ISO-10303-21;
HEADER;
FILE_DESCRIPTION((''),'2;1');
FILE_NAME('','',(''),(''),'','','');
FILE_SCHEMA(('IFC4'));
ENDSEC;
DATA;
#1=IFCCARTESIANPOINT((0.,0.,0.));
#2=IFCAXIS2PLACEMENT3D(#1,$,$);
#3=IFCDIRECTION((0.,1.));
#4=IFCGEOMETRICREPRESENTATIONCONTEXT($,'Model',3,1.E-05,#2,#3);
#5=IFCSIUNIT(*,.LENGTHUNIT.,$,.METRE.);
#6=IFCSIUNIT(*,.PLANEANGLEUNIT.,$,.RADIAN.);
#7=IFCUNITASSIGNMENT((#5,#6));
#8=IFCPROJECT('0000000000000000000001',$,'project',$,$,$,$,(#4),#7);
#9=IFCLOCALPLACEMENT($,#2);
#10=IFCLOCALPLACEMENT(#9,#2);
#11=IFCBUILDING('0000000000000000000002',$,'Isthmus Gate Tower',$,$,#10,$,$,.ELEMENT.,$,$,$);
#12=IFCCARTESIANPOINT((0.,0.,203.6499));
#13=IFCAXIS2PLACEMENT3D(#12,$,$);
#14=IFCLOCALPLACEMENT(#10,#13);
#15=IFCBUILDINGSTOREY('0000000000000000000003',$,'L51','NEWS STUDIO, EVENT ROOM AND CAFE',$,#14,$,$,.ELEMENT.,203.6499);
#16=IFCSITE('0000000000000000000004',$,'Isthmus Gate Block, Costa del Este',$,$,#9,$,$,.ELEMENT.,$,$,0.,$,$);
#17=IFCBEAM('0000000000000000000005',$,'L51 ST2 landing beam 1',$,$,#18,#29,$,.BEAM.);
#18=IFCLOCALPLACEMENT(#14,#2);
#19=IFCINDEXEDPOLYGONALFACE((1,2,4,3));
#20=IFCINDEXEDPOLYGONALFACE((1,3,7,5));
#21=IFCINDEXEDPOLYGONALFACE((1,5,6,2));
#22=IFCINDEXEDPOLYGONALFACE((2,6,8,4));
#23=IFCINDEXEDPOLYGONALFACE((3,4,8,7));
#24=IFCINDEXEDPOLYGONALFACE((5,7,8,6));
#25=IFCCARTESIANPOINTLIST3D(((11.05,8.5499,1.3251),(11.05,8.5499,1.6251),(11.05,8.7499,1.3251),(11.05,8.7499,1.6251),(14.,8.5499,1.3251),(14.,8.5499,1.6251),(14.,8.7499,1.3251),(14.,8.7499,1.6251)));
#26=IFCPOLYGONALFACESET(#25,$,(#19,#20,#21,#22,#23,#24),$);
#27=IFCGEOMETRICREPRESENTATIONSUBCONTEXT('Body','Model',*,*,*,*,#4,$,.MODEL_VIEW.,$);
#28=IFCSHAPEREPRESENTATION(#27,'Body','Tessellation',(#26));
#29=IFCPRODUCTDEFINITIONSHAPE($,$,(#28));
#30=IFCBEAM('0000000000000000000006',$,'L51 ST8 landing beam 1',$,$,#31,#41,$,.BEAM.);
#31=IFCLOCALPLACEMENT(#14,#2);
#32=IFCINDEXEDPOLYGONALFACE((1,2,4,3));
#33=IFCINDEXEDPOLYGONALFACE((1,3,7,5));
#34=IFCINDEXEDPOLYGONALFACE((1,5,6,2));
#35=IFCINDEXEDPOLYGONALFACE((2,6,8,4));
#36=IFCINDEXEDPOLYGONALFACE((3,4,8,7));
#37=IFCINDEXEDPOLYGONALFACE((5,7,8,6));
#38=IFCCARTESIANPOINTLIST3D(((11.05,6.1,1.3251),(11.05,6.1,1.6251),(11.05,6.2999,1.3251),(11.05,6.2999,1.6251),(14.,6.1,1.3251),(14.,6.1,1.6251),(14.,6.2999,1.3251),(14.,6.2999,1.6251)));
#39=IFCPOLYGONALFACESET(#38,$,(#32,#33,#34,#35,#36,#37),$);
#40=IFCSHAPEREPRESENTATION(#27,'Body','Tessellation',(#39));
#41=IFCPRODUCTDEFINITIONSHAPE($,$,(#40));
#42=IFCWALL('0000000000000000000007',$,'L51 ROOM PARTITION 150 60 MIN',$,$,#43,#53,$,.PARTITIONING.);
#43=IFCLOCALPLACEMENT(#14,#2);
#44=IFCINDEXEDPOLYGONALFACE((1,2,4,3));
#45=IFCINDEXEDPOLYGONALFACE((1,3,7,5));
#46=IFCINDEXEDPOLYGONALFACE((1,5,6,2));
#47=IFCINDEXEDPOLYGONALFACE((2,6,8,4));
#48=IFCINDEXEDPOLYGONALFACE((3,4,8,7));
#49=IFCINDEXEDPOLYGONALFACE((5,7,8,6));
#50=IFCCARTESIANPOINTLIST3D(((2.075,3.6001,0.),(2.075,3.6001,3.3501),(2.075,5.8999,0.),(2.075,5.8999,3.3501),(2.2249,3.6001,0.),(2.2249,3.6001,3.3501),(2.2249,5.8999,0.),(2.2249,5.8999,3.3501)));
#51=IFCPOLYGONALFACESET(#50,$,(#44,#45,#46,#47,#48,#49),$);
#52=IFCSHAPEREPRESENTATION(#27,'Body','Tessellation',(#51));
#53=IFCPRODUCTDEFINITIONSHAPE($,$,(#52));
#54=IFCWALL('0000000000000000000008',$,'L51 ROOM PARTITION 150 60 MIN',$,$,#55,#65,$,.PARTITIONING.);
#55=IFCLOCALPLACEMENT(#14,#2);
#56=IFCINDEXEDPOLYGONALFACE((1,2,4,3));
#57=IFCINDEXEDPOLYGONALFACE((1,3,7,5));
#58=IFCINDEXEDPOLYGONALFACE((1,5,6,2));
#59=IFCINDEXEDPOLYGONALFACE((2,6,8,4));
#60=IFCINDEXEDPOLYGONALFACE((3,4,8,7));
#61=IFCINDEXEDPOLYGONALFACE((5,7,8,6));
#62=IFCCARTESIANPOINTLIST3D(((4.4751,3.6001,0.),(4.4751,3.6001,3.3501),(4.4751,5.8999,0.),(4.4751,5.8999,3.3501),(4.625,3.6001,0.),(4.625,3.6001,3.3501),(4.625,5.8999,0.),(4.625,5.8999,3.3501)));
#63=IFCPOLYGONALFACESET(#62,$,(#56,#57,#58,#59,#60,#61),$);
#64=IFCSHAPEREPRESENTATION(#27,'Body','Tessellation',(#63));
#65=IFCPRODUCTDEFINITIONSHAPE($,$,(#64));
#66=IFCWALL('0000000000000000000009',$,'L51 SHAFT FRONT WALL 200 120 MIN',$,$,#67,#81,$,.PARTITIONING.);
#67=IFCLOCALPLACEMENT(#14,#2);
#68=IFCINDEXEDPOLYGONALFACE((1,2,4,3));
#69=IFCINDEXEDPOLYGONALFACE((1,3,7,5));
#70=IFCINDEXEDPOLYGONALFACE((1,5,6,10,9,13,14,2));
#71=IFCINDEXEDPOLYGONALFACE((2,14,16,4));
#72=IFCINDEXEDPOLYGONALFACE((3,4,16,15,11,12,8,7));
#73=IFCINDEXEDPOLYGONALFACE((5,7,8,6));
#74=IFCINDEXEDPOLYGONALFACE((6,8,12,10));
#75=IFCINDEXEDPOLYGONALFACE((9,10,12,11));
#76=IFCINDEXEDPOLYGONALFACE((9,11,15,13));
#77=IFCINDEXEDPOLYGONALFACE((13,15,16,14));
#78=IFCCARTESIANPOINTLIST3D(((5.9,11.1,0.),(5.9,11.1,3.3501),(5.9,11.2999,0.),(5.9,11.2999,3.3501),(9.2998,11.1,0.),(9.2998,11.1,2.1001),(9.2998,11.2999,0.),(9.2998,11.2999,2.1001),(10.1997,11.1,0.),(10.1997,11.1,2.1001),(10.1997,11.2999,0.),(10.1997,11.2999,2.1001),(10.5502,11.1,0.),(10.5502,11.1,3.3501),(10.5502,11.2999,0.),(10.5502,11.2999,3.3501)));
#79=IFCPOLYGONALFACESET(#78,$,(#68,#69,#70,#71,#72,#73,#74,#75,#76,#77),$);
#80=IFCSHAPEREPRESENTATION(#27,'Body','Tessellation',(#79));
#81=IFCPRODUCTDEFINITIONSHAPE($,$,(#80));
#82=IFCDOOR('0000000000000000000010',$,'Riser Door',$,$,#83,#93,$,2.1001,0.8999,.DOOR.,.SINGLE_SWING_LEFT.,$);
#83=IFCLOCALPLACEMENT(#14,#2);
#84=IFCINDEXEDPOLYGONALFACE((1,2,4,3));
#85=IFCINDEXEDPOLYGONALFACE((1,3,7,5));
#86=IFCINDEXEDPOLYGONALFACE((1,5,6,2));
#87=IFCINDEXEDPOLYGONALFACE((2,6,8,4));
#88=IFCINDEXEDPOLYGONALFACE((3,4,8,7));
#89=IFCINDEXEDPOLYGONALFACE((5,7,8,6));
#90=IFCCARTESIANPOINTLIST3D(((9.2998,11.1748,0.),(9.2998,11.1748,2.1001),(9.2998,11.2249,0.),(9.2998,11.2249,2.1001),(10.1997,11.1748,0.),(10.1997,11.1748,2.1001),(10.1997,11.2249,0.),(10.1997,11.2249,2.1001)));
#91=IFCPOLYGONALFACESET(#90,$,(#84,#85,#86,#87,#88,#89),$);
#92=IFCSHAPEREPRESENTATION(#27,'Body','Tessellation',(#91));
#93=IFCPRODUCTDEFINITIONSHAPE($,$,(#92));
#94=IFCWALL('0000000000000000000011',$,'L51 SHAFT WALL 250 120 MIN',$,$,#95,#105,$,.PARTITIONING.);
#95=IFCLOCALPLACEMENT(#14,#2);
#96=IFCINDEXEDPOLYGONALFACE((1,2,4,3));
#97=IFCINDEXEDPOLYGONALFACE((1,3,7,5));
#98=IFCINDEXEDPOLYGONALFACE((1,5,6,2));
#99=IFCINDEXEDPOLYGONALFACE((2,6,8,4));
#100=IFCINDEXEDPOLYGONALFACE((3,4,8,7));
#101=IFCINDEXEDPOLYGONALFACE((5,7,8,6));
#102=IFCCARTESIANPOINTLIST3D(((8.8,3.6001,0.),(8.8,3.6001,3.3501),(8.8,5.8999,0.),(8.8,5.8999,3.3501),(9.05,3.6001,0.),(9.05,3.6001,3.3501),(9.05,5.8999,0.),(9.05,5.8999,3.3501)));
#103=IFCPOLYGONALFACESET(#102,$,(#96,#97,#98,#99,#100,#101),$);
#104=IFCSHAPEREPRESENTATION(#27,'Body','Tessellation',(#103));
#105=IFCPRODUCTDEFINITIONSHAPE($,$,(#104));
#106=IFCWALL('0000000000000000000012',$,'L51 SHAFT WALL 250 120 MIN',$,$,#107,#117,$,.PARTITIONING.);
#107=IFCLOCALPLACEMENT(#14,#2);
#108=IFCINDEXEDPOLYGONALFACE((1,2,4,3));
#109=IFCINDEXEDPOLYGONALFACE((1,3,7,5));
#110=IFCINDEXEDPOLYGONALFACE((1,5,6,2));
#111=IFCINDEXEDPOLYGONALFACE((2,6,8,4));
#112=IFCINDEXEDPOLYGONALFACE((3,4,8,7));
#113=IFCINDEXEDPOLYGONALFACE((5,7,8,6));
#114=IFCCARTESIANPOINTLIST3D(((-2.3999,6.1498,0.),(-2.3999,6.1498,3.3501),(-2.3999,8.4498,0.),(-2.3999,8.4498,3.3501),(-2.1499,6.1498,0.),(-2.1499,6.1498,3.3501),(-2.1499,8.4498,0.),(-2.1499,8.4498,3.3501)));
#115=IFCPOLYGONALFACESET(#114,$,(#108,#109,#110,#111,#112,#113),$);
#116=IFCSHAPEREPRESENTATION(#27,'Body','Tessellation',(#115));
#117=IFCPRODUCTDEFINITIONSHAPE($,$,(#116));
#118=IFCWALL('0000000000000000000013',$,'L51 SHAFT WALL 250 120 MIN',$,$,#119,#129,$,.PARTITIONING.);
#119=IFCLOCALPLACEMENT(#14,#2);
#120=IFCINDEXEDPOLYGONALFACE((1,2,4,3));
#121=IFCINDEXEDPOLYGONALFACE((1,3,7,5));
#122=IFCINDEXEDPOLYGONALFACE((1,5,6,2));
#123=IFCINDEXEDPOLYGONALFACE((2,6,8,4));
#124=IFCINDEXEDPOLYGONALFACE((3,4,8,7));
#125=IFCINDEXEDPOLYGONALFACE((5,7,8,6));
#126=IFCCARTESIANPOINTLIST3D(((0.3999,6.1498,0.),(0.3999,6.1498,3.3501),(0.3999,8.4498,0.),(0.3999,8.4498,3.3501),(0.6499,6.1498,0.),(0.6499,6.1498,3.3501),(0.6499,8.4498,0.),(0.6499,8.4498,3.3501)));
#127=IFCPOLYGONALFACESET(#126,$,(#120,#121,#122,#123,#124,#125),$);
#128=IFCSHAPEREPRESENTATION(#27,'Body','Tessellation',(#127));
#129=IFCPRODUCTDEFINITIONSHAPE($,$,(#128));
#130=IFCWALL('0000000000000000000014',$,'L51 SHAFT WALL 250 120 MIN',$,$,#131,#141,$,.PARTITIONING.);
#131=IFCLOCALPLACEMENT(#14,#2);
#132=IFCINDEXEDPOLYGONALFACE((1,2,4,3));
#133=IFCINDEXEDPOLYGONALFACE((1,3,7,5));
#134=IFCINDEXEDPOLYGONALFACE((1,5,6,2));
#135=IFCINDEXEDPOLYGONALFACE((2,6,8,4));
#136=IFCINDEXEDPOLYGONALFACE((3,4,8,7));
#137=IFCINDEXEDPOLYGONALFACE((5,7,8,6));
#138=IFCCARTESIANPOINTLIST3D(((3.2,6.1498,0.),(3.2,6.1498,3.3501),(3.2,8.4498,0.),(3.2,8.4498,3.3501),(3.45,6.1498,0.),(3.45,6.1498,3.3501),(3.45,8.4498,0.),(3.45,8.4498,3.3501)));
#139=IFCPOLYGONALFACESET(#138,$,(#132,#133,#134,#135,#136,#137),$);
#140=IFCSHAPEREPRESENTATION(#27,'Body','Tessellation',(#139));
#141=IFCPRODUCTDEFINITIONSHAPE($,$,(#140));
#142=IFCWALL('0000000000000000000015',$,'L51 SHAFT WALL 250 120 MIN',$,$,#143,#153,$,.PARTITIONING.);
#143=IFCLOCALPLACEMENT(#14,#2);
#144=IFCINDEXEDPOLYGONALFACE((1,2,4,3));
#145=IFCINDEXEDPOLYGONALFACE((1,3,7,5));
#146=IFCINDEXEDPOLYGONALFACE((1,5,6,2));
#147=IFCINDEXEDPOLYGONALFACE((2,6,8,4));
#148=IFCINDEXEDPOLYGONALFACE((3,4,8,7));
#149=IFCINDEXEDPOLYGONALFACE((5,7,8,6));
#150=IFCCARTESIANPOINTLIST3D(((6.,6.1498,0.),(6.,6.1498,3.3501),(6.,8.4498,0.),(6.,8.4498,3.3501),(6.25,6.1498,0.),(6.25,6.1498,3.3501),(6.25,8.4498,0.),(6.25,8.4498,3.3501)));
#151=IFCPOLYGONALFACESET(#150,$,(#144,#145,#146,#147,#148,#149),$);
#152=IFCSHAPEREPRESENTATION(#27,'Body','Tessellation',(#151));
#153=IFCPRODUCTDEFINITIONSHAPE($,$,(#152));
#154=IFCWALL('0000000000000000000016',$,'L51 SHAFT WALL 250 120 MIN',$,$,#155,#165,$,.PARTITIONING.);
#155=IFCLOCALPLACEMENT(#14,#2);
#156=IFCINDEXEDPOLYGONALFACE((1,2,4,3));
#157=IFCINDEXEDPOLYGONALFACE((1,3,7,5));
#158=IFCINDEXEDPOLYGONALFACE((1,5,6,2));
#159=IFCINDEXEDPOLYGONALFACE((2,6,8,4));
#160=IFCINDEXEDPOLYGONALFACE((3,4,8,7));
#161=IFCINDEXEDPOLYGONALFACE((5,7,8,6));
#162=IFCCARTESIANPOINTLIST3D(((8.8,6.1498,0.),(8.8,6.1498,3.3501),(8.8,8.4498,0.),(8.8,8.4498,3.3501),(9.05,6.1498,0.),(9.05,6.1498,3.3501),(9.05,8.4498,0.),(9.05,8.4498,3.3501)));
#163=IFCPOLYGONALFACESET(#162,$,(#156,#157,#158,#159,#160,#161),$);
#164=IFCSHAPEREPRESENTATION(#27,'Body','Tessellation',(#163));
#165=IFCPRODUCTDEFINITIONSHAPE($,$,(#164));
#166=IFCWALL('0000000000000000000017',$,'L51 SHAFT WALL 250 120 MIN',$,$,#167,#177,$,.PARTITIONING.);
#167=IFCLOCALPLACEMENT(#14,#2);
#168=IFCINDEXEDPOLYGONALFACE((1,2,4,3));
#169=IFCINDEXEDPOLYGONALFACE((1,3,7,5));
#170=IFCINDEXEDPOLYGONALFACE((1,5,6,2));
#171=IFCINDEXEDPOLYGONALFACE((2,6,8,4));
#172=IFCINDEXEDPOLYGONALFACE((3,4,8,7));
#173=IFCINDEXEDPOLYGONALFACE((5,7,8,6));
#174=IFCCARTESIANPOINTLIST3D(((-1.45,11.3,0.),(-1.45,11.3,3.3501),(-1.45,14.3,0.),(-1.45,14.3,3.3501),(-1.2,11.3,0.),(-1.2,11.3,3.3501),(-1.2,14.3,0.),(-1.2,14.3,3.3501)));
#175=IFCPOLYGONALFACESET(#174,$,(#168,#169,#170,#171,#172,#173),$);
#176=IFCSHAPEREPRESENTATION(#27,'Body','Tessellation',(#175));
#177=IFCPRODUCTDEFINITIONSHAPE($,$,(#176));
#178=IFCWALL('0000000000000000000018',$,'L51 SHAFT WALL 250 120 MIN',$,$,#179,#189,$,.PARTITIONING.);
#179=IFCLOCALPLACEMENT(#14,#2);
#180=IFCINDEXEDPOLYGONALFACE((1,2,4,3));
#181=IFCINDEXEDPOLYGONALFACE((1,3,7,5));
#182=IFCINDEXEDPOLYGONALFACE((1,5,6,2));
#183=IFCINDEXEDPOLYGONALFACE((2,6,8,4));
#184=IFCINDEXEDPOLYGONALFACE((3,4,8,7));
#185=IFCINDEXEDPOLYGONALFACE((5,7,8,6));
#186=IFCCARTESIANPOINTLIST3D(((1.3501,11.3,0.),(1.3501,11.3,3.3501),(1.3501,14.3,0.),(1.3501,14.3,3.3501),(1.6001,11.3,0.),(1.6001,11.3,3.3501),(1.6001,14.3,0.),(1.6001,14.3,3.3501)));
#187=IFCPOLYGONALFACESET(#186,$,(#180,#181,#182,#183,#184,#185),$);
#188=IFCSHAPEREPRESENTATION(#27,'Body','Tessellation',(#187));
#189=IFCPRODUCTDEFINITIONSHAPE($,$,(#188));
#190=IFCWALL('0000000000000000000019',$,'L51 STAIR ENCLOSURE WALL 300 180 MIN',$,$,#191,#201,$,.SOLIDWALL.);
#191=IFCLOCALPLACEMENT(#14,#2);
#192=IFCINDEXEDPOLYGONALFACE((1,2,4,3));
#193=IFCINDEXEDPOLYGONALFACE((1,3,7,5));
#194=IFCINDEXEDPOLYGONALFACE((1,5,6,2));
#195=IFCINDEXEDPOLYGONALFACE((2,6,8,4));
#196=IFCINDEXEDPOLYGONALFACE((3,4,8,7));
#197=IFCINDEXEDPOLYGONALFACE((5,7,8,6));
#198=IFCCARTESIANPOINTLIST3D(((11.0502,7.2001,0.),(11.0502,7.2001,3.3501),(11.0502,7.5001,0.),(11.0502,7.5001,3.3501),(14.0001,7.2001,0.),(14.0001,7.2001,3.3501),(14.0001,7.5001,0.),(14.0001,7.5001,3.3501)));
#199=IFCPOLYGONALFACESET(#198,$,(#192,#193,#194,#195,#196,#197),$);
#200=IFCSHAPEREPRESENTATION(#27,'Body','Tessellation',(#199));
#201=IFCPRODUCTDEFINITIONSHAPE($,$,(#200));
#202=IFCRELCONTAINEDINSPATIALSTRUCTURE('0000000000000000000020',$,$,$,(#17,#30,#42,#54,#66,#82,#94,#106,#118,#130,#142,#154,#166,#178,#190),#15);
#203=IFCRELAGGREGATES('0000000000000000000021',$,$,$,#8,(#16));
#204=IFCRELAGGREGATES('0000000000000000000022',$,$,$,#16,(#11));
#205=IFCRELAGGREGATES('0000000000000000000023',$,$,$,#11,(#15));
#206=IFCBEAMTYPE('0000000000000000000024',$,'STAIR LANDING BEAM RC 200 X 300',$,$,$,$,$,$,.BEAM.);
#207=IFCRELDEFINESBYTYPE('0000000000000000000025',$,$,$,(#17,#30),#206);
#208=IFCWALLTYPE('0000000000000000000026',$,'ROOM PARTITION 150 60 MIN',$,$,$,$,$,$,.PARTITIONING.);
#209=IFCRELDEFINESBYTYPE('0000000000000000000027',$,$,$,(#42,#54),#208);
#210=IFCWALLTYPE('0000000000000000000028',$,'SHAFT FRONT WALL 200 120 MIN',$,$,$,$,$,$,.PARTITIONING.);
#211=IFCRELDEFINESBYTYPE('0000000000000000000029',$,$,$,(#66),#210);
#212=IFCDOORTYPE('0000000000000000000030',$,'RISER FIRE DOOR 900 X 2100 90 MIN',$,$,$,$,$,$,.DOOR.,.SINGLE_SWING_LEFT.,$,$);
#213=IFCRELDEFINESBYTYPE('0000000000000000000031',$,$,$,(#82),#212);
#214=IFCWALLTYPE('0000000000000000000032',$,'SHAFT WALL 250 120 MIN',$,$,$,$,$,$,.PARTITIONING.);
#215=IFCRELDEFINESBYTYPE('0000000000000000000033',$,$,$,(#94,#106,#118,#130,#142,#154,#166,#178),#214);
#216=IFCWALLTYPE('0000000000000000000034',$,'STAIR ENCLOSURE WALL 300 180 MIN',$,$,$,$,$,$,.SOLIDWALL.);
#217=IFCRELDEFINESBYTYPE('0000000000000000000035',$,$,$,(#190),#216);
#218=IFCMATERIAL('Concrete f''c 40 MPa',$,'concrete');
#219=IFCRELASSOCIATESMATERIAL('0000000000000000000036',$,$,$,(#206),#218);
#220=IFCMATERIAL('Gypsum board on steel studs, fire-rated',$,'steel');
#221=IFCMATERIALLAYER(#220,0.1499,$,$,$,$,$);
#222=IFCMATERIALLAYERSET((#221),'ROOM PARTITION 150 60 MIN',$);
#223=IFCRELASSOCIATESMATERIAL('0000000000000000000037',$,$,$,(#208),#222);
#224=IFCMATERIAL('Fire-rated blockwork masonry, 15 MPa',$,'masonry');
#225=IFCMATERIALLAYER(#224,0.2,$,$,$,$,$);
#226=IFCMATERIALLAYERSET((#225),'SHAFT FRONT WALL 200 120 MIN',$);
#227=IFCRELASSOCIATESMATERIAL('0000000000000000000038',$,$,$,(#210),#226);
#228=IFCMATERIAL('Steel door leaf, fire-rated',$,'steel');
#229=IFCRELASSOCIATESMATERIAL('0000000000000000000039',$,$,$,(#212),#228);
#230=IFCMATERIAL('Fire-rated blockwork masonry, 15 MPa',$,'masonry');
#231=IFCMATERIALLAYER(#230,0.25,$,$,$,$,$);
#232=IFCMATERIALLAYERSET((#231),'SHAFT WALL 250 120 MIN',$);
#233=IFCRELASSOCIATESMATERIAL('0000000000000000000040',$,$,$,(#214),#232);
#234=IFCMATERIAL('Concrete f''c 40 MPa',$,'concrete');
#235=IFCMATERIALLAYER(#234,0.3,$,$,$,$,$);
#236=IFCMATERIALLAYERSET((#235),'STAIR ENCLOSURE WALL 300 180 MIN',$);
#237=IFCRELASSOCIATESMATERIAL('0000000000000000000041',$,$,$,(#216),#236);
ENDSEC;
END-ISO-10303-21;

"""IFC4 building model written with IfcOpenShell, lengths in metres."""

from ifc_helpers import new_model, si_unit, direction, frame, frame_2d, origin, origin_2d, place, context, subcontext, project, spatial, rectangle, extrude, material, layer, layer_set, material_profile, profile_set, type_object, element, fill, save


model = new_model("IFC4")

# Units and contexts
model_context = context("Model", 3, precision=1e-05, world=origin(), true_north=direction((0.0, 1.0)))
body_context = subcontext(model_context, "Body", "Model", "MODEL_VIEW")
ifc_project = project(units=[si_unit("LENGTHUNIT", "METRE"), si_unit("PLANEANGLEUNIT", "RADIAN")], contexts=[model_context])

# Site, building, storey
site_placement = place(None, origin())
site = spatial("IfcSite", under=ifc_project, at=site_placement, Name="Isthmus Gate Block, Costa del Este", CompositionType="ELEMENT", RefElevation=0.0)
building_placement = place(site_placement, origin())
building = spatial("IfcBuilding", under=site, at=building_placement, Name="Isthmus Gate Tower", CompositionType="ELEMENT")
storey_placement = place(building_placement, frame((0.0, 0.0, 203.6499)))
storey = spatial("IfcBuildingStorey", under=building, at=storey_placement, Name="L51", Description="NEWS STUDIO, EVENT ROOM AND CAFE", CompositionType="ELEMENT", Elevation=203.6499)

# Beams
ifc_material_1 = material(Name="Concrete f'c 40 MPa", Category="concrete")
ifc_material_profile = material_profile(ifc_material_1, rectangle(XDim=0.2, YDim=0.3, at=origin_2d()), Name="STAIR LANDING BEAM RC 200 X 300")
ifc_profile_set = profile_set([ifc_material_profile], Name="Concrete f'c 40 MPa")
beam_type = type_object("IfcBeamType", Name="STAIR LANDING BEAM RC 200 X 300", PredefinedType="BEAM", material=ifc_profile_set)
for number, where, z_axis, x_axis, name in (
    (1, (11.05, 8.6499, 1.4751), (1.0, 0.0, 0.0), (0.0, 1.0, 0.0), "L51 ST2 landing beam 1"),
    (2, (11.05, 6.2, 1.4751), (1.0, 0.0, 0.0), (0.0, 1.0, 0.0), "L51 ST8 landing beam 1"),
):
    element("IfcBeam", number, at=place(storey_placement, frame(where, z_axis=z_axis, x_axis=x_axis)), inside=storey, type_object=beam_type, Name=name, PredefinedType="BEAM", context=body_context, shape_type="SweptSolid", body=[
        extrude(rectangle(XDim=0.2, YDim=0.3, at=origin_2d()), origin(), (0.0, 0.0, 1.0), 2.95),
    ])

# Walls
ifc_material_2 = material(Name="Gypsum board on steel studs, fire-rated", Category="steel")
ifc_layer_1 = layer(ifc_material_2, 0.1499)
ifc_layer_set_1 = layer_set([ifc_layer_1], Name="ROOM PARTITION 150 60 MIN")
wall_type_1 = type_object("IfcWallType", Name="ROOM PARTITION 150 60 MIN", PredefinedType="PARTITIONING", material=ifc_layer_set_1)
for number, where, z_axis, x_axis, name in (
    (3, (2.1499, 3.6001, 0.0), (0.0, 0.0, 1.0), (0.0, 1.0, 0.0), "L51 ROOM PARTITION 150 60 MIN"),
    (4, (4.55, 3.6001, 0.0), (0.0, 0.0, 1.0), (0.0, 1.0, 0.0), "L51 ROOM PARTITION 150 60 MIN"),
):
    element("IfcWall", number, at=place(storey_placement, frame(where, z_axis=z_axis, x_axis=x_axis)), inside=storey, type_object=wall_type_1, Name=name, PredefinedType="PARTITIONING", context=body_context, shape_type="SweptSolid", body=[
        extrude(rectangle(XDim=2.2998, YDim=0.1499, at=frame_2d((1.1499, 0.0))), origin(), (0.0, 0.0, 1.0), 3.3501),
    ])

# Wall, opening, door
ifc_material_3 = material(Name="Fire-rated blockwork masonry, 15 MPa", Category="masonry")
ifc_layer_2 = layer(ifc_material_3, 0.2)
ifc_layer_set_2 = layer_set([ifc_layer_2], Name="SHAFT FRONT WALL 200 120 MIN")
wall_type_2 = type_object("IfcWallType", Name="SHAFT FRONT WALL 200 120 MIN", PredefinedType="PARTITIONING", material=ifc_layer_set_2)
wall_1_placement = place(storey_placement, frame((5.8999, 11.2, 0.0), z_axis=(0.0, 0.0, 1.0), x_axis=(1.0, 0.0, 0.0)))
wall_1 = element("IfcWall", 5, at=wall_1_placement, inside=storey, type_object=wall_type_2, Name="L51 SHAFT FRONT WALL 200 120 MIN", PredefinedType="PARTITIONING", context=body_context, shape_type="SweptSolid", body=[
    extrude(rectangle(XDim=4.6501, YDim=0.2, at=frame_2d((2.3252, 0.0))), origin(), (0.0, 0.0, 1.0), 3.3501),
])
opening_placement = place(wall_1_placement, frame((3.3999, 0.0, 0.0)))
opening = element("IfcOpeningElement", 6, at=opening_placement, cuts=wall_1, PredefinedType="OPENING", context=body_context, shape_type="SweptSolid", body=[
    extrude(rectangle(XDim=0.8999, YDim=2.1001, at=frame_2d((0.45, 1.05))), frame((0.0, 0.1099, 0.0), z_axis=(0.0, -1.0, 0.0), x_axis=(1.0, 0.0, 0.0)), (0.0, 0.0, 1.0), 0.22),
])
ifc_material_4 = material(Name="Steel door leaf, fire-rated", Category="steel")
door_type = type_object("IfcDoorType", Name="RISER FIRE DOOR 900 X 2100 90 MIN", OperationType="SINGLE_SWING_LEFT", PredefinedType="DOOR", material=ifc_material_4)
door_placement = place(opening_placement, origin())
door = element("IfcDoor", 7, at=door_placement, inside=storey, type_object=door_type, Name="Riser Door", OperationType="SINGLE_SWING_LEFT", OverallHeight=2.1001, OverallWidth=0.8999, PredefinedType="DOOR", context=body_context, shape_type="SweptSolid", body=[
    extrude(rectangle(XDim=0.8999, YDim=2.1001, at=frame_2d((0.45, 1.05))), frame((0.0, 0.0249, 0.0), z_axis=(0.0, -1.0, 0.0), x_axis=(1.0, 0.0, 0.0)), (0.0, 0.0, 1.0), 0.05),
])
fill(opening, door)

# Walls
ifc_material_5 = material(Name="Fire-rated blockwork masonry, 15 MPa", Category="masonry")
ifc_layer_3 = layer(ifc_material_5, 0.25)
ifc_layer_set_3 = layer_set([ifc_layer_3], Name="SHAFT WALL 250 120 MIN")
wall_type_3 = type_object("IfcWallType", Name="SHAFT WALL 250 120 MIN", PredefinedType="PARTITIONING", material=ifc_layer_set_3)
wall_2_placement = place(storey_placement, frame((8.925, 3.6001, 0.0), z_axis=(0.0, 0.0, 1.0), x_axis=(0.0, 1.0, 0.0)))
element("IfcWall", 8, at=wall_2_placement, inside=storey, type_object=wall_type_3, Name="L51 SHAFT WALL 250 120 MIN", PredefinedType="PARTITIONING", context=body_context, shape_type="SweptSolid", body=[
    extrude(rectangle(XDim=2.2998, YDim=0.25, at=frame_2d((1.1499, 0.0))), origin(), (0.0, 0.0, 1.0), 3.3501),
])
for number, where, z_axis, x_axis, name in (
    (9, (-2.2749, 6.1499, 0.0), (0.0, 0.0, 1.0), (0.0, 1.0, 0.0), "L51 SHAFT WALL 250 120 MIN"),
    (10, (0.5249, 6.1499, 0.0), (0.0, 0.0, 1.0), (0.0, 1.0, 0.0), "L51 SHAFT WALL 250 120 MIN"),
    (11, (3.325, 6.1499, 0.0), (0.0, 0.0, 1.0), (0.0, 1.0, 0.0), "L51 SHAFT WALL 250 120 MIN"),
    (12, (6.125, 6.1499, 0.0), (0.0, 0.0, 1.0), (0.0, 1.0, 0.0), "L51 SHAFT WALL 250 120 MIN"),
    (13, (8.925, 6.1499, 0.0), (0.0, 0.0, 1.0), (0.0, 1.0, 0.0), "L51 SHAFT WALL 250 120 MIN"),
):
    element("IfcWall", number, at=place(storey_placement, frame(where, z_axis=z_axis, x_axis=x_axis)), inside=storey, type_object=wall_type_3, Name=name, PredefinedType="PARTITIONING", context=body_context, shape_type="SweptSolid", body=[
        extrude(rectangle(XDim=2.3, YDim=0.25, at=frame_2d((1.1499, 0.0))), origin(), (0.0, 0.0, 1.0), 3.3501),
    ])
for number, where, z_axis, x_axis, name in (
    (14, (-1.325, 11.3, 0.0), (0.0, 0.0, 1.0), (0.0, 1.0, 0.0), "L51 SHAFT WALL 250 120 MIN"),
    (15, (1.4751, 11.3, 0.0), (0.0, 0.0, 1.0), (0.0, 1.0, 0.0), "L51 SHAFT WALL 250 120 MIN"),
):
    element("IfcWall", number, at=place(storey_placement, frame(where, z_axis=z_axis, x_axis=x_axis)), inside=storey, type_object=wall_type_3, Name=name, PredefinedType="PARTITIONING", context=body_context, shape_type="SweptSolid", body=[
        extrude(rectangle(XDim=3.0, YDim=0.25, at=frame_2d((1.5, 0.0))), origin(), (0.0, 0.0, 1.0), 3.3501),
    ])
ifc_material_6 = material(Name="Concrete f'c 40 MPa", Category="concrete")
ifc_layer_4 = layer(ifc_material_6, 0.3)
ifc_layer_set_4 = layer_set([ifc_layer_4], Name="STAIR ENCLOSURE WALL 300 180 MIN")
wall_type_4 = type_object("IfcWallType", Name="STAIR ENCLOSURE WALL 300 180 MIN", PredefinedType="SOLIDWALL", material=ifc_layer_set_4)
wall_3_placement = place(storey_placement, frame((11.05, 7.3501, 0.0), z_axis=(0.0, 0.0, 1.0), x_axis=(1.0, 0.0, 0.0)))
element("IfcWall", 16, at=wall_3_placement, inside=storey, type_object=wall_type_4, Name="L51 STAIR ENCLOSURE WALL 300 180 MIN", PredefinedType="SOLIDWALL", context=body_context, shape_type="SweptSolid", body=[
    extrude(rectangle(XDim=2.95, YDim=0.3, at=frame_2d((1.4751, 0.0))), origin(), (0.0, 0.0, 1.0), 3.3501),
])

save(model, "model.ifc")
